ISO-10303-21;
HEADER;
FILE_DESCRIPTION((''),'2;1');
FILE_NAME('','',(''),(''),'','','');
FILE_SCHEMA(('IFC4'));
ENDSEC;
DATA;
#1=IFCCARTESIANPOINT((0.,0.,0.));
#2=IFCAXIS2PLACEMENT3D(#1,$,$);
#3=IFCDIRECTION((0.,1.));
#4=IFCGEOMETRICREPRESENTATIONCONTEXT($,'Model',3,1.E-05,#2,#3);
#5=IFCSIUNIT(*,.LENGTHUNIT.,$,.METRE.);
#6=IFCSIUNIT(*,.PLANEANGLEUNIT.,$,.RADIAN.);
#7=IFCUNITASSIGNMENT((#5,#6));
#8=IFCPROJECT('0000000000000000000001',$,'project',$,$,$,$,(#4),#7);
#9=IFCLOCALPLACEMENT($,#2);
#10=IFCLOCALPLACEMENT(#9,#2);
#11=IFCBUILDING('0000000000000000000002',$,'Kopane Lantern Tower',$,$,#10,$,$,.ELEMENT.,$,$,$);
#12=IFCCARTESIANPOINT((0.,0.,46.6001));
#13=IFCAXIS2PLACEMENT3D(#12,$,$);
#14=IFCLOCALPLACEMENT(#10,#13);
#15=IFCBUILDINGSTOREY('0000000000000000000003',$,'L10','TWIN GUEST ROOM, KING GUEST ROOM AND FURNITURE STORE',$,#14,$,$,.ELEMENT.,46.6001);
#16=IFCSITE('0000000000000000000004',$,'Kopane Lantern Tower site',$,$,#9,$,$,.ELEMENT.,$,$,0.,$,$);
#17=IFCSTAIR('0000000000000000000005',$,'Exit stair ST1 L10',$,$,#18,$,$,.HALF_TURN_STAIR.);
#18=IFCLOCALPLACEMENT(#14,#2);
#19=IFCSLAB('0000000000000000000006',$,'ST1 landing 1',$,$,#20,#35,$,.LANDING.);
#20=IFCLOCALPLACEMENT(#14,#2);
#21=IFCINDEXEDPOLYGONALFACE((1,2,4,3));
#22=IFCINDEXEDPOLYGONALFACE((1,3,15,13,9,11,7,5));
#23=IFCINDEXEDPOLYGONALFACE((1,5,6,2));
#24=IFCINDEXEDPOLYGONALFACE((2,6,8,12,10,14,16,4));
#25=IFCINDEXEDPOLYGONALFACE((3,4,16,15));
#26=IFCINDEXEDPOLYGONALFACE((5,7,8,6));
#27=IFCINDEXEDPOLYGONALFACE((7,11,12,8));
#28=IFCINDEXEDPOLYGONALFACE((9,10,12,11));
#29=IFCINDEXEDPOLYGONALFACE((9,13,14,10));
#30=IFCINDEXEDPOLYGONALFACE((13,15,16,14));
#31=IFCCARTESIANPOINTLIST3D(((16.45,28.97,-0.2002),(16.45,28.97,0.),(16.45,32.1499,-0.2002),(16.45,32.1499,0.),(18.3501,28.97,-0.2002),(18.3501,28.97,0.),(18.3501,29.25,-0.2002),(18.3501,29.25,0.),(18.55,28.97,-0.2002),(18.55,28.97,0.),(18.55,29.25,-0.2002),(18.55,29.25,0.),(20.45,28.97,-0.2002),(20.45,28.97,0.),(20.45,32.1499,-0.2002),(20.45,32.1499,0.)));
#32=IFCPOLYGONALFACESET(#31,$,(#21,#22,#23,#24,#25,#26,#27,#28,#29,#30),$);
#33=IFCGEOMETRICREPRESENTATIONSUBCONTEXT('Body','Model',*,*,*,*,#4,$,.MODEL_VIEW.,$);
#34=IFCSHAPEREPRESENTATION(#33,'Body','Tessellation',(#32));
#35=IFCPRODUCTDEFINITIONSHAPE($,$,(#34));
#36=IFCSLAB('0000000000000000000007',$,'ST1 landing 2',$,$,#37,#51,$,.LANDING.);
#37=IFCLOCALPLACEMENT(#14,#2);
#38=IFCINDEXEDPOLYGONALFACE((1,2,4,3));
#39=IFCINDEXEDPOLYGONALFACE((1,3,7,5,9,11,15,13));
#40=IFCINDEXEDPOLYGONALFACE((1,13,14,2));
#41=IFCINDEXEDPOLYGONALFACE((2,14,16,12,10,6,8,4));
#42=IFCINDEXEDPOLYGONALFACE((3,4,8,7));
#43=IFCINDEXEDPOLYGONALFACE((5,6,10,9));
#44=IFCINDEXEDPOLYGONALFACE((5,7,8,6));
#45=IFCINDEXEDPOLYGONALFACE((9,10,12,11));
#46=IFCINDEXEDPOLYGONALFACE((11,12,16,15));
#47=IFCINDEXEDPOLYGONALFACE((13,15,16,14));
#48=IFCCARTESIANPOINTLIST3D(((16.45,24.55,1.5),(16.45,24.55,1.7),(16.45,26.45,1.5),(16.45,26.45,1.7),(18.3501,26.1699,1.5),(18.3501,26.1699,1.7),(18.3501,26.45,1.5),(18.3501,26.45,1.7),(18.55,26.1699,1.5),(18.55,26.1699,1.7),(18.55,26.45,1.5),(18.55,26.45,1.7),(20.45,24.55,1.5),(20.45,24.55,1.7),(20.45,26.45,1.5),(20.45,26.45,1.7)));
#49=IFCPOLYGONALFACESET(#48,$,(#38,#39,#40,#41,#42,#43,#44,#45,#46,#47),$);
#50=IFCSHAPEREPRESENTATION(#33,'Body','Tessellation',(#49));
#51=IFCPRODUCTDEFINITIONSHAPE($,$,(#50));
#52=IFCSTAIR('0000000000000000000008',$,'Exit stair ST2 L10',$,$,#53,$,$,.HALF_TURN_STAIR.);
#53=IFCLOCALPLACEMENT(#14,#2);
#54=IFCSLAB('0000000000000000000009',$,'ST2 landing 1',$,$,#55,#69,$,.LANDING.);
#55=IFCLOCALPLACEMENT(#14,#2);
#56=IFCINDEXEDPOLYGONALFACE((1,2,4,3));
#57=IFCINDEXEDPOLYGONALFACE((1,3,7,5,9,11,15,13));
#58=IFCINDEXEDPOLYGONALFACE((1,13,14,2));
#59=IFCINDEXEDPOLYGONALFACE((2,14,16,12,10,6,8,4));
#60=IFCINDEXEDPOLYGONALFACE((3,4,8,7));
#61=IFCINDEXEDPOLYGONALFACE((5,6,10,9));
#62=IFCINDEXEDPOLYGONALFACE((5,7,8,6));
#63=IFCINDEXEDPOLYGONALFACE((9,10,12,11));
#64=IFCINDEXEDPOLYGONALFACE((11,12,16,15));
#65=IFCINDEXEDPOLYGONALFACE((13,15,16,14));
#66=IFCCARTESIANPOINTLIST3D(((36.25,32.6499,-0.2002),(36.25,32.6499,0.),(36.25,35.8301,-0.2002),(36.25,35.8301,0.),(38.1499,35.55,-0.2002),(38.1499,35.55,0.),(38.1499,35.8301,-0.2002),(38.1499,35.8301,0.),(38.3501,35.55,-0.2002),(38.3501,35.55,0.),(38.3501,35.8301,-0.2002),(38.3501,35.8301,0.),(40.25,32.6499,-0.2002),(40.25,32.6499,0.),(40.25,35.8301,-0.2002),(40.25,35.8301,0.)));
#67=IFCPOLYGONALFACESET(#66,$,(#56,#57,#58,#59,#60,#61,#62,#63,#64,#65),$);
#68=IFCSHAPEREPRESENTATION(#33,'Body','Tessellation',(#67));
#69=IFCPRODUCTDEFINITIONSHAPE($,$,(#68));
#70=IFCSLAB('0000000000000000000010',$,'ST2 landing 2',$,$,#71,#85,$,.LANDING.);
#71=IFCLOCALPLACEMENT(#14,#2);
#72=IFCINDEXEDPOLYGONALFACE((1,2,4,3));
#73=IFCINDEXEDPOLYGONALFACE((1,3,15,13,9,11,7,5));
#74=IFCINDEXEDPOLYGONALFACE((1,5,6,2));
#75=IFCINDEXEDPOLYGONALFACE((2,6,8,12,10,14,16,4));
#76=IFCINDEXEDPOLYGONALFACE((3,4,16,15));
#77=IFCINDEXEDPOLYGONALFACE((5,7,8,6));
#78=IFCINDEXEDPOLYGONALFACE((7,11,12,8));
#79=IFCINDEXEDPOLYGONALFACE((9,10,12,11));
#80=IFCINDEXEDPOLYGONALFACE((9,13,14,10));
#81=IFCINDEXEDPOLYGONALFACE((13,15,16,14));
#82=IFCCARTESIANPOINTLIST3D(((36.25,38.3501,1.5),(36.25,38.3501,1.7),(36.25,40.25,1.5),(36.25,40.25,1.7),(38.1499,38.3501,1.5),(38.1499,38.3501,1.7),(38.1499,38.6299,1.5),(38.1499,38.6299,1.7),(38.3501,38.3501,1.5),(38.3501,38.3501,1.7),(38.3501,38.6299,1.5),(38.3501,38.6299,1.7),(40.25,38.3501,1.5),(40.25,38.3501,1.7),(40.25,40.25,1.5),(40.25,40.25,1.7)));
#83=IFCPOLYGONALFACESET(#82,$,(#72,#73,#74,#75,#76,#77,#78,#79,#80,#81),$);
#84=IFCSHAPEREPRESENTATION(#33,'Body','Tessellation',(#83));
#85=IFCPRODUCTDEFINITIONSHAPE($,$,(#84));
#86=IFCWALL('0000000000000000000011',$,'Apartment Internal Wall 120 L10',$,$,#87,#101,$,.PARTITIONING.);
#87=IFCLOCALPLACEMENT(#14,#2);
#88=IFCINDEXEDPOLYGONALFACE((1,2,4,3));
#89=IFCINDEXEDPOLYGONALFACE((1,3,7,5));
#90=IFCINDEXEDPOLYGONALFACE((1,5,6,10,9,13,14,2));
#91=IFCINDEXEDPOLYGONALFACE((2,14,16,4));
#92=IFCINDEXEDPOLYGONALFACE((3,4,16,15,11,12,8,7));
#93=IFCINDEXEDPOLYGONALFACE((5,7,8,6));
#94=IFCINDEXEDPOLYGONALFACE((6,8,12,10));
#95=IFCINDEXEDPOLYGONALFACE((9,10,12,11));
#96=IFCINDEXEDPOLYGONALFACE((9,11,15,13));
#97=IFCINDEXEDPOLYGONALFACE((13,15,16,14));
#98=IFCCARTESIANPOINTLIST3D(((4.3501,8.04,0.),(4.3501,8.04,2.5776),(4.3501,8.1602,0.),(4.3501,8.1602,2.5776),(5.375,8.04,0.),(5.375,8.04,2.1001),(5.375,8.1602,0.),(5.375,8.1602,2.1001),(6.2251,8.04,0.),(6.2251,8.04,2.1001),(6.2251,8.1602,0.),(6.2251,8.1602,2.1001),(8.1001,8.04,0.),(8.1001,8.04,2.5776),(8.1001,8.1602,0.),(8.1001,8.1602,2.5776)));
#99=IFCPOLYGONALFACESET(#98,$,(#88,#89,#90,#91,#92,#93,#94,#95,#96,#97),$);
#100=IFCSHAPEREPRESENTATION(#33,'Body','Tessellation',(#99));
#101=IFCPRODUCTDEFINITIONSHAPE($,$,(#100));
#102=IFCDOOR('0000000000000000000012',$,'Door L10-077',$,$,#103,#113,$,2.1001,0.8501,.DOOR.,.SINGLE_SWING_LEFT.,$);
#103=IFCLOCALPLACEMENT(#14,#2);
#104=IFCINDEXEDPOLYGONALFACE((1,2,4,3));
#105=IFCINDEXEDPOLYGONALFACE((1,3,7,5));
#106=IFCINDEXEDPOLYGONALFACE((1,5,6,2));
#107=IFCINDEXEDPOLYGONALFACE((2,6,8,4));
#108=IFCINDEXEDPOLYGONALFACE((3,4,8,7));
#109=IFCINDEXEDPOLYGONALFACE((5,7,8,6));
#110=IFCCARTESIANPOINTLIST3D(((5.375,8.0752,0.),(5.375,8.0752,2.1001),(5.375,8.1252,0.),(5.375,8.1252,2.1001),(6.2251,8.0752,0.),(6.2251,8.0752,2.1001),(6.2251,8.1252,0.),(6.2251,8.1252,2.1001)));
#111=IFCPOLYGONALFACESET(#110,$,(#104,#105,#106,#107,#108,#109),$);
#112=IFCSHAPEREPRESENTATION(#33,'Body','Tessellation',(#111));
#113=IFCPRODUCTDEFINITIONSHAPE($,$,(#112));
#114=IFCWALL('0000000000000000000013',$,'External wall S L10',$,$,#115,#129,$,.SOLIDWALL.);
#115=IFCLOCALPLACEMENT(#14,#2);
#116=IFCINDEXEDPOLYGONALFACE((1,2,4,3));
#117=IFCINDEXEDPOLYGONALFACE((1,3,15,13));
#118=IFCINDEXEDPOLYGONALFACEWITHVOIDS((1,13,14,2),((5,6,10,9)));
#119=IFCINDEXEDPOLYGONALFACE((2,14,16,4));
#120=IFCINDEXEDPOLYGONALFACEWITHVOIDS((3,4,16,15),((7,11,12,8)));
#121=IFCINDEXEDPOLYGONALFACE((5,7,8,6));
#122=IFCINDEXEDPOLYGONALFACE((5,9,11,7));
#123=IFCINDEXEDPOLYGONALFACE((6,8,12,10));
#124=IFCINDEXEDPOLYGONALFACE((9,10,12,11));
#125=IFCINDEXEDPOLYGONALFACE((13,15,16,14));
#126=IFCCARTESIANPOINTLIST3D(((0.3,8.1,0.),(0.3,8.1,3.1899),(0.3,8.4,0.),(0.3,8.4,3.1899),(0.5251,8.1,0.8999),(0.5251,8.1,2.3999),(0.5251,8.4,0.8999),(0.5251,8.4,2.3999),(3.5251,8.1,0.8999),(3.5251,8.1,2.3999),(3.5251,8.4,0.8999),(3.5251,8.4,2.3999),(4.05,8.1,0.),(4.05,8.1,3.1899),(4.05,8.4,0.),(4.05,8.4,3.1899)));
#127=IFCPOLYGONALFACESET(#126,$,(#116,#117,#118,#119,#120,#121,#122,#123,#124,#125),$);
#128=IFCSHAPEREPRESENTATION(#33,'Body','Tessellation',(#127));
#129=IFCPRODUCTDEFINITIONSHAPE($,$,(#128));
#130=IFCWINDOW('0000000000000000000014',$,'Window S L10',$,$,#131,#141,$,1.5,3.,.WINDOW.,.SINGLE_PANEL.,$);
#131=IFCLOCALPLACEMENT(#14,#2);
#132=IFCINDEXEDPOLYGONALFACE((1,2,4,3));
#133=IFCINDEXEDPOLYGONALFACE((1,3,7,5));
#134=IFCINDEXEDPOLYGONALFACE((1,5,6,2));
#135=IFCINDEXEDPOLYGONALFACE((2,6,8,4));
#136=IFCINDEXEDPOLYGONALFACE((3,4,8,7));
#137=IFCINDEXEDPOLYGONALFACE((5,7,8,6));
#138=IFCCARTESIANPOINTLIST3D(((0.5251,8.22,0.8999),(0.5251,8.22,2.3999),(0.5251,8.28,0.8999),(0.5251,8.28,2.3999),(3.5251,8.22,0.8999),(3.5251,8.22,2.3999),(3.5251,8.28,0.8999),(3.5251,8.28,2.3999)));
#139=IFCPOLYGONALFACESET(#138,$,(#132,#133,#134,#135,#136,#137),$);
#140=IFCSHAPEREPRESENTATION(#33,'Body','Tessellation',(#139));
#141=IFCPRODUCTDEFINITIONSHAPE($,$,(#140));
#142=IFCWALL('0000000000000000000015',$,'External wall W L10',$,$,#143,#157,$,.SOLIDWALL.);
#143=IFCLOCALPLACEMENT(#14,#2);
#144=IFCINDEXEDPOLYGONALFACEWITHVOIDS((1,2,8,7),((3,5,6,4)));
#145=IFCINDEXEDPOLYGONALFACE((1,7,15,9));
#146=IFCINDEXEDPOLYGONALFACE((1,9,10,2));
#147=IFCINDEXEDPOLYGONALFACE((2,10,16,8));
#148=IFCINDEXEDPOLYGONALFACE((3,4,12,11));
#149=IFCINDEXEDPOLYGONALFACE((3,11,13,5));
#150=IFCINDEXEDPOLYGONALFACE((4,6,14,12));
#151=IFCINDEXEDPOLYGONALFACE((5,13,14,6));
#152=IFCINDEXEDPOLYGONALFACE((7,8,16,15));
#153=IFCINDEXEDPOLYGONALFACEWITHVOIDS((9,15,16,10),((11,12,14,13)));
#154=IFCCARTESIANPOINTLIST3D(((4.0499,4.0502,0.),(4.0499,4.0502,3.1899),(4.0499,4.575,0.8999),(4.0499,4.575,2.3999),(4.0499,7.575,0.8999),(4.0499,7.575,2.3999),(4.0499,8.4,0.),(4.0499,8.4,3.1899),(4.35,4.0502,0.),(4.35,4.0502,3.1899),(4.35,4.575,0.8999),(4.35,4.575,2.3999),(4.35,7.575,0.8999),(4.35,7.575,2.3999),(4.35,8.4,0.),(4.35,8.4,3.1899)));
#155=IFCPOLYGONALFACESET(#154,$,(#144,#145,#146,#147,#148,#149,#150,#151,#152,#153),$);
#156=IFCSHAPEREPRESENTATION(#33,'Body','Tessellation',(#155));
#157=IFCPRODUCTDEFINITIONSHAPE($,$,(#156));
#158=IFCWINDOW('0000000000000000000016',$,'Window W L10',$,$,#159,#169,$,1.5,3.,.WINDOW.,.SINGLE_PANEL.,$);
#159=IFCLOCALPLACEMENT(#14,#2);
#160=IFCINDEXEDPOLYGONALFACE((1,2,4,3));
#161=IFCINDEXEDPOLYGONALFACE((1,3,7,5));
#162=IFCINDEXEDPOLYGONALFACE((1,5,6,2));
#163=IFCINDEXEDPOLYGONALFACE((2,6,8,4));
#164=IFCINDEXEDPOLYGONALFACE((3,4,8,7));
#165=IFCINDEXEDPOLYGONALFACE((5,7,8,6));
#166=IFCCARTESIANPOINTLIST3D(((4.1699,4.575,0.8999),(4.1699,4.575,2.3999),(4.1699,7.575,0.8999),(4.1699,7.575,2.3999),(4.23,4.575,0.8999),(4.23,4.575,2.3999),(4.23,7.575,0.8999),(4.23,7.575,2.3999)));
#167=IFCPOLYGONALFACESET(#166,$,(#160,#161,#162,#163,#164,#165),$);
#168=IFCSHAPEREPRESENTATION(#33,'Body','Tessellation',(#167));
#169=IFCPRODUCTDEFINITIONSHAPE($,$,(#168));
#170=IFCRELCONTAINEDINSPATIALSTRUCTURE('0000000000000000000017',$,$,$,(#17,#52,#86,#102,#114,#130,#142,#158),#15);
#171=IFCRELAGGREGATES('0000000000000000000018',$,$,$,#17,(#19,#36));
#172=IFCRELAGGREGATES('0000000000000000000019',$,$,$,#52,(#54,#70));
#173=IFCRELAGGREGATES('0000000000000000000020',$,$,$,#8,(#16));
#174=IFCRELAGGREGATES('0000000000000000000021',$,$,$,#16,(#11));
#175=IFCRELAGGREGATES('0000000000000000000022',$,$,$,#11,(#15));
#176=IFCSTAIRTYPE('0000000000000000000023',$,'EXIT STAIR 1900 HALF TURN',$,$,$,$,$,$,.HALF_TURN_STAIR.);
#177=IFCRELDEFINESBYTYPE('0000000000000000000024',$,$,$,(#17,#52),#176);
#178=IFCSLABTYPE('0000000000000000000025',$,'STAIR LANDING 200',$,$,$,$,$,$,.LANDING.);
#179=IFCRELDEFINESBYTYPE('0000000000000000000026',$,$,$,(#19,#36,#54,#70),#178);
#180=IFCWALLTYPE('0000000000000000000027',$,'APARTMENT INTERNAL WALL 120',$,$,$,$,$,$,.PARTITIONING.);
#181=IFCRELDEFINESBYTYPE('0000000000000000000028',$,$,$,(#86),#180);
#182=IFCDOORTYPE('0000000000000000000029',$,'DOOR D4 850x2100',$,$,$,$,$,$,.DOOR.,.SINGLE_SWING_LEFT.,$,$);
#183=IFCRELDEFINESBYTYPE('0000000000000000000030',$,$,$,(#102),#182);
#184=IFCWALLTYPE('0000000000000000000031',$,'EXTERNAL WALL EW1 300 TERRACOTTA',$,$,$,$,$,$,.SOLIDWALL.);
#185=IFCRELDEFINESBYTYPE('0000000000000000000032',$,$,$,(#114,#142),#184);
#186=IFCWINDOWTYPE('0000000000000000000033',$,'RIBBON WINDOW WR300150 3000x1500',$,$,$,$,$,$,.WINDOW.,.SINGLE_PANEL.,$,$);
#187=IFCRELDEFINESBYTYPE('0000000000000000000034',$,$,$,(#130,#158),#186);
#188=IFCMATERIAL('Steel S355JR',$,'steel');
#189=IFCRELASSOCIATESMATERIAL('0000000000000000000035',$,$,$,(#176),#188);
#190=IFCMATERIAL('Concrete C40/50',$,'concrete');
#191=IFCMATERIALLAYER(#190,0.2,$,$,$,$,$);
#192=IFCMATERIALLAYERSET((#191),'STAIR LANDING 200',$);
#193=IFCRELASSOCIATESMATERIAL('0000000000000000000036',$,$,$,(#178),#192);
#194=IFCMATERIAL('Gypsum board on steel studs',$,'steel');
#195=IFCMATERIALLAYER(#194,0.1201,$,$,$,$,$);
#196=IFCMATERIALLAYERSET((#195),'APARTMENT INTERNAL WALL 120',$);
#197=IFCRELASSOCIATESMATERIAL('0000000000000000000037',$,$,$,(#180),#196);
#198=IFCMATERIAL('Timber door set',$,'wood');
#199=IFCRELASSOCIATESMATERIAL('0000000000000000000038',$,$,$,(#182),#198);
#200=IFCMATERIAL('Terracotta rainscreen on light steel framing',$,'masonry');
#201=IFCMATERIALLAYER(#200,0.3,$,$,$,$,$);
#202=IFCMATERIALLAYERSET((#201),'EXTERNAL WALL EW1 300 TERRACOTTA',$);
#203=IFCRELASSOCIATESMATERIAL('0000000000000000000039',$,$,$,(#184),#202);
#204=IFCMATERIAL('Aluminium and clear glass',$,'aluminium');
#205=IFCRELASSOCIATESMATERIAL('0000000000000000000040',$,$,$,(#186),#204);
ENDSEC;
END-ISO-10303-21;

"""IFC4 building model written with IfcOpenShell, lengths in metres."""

from ifc_helpers import new_model, si_unit, direction, frame, frame_2d, origin, place, context, subcontext, project, spatial, polyline, rectangle, outline, extrude, material, layer, layer_set, type_object, element, fill, aggregate, save


model = new_model("IFC4")

# Units and contexts
model_context = context("Model", 3, precision=1e-05, world=origin(), true_north=direction((0.0, 1.0)))
body_context = subcontext(model_context, "Body", "Model", "MODEL_VIEW")
ifc_project = project(units=[si_unit("LENGTHUNIT", "METRE"), si_unit("PLANEANGLEUNIT", "RADIAN")], contexts=[model_context])

# Site, building, storey
site_placement = place(None, origin())
site = spatial("IfcSite", under=ifc_project, at=site_placement, Name="Kopane Lantern Tower site", CompositionType="ELEMENT", RefElevation=0.0)
building_placement = place(site_placement, origin())
building = spatial("IfcBuilding", under=site, at=building_placement, Name="Kopane Lantern Tower", CompositionType="ELEMENT")
storey_placement = place(building_placement, frame((0.0, 0.0, 46.6001)))
storey = spatial("IfcBuildingStorey", under=building, at=storey_placement, Name="L10", Description="TWIN GUEST ROOM, KING GUEST ROOM AND FURNITURE STORE", CompositionType="ELEMENT", Elevation=46.6001)

# Stairs, slabs
ifc_material_1 = material(Name="Steel S355JR", Category="steel")
stair_type = type_object("IfcStairType", Name="EXIT STAIR 1900 HALF TURN", PredefinedType="HALF_TURN_STAIR", material=ifc_material_1)
stair_1_placement = place(storey_placement, origin())
stair_1 = element("IfcStair", 1, at=stair_1_placement, inside=storey, type_object=stair_type, Name="Exit stair ST1 L10", PredefinedType="HALF_TURN_STAIR")
ifc_material_2 = material(Name="Concrete C40/50", Category="concrete")
ifc_layer_1 = layer(ifc_material_2, 0.2)
ifc_layer_set_1 = layer_set([ifc_layer_1], Name="STAIR LANDING 200")
slab_type_1 = type_object("IfcSlabType", Name="STAIR LANDING 200", PredefinedType="LANDING", material=ifc_layer_set_1)
slab_1_placement = place(storey_placement, frame((0.0, 0.0, -0.2002)))
slab_1 = element("IfcSlab", 2, at=slab_1_placement, type_object=slab_type_1, Name="ST1 landing 1", PredefinedType="LANDING", context=body_context, shape_type="SweptSolid", body=[
    extrude(outline(polyline([(18.3501, 29.25), (18.55, 29.25), (18.55, 28.97), (20.45, 28.97), (20.45, 32.1499), (16.45, 32.1499), (16.45, 28.97), (18.3501, 28.97), (18.3501, 29.25)])), origin(), (0.0, 0.0, 1.0), 0.2002),
])
slab_2_placement = place(storey_placement, frame((0.0, 0.0, 1.5)))
slab_2 = element("IfcSlab", 3, at=slab_2_placement, type_object=slab_type_1, Name="ST1 landing 2", PredefinedType="LANDING", context=body_context, shape_type="SweptSolid", body=[
    extrude(outline(polyline([(20.45, 26.45), (18.55, 26.45), (18.55, 26.1699), (18.3501, 26.1699), (18.3501, 26.45), (16.45, 26.45), (16.45, 24.55), (20.45, 24.55), (20.45, 26.45)])), origin(), (0.0, 0.0, 1.0), 0.2),
])
aggregate(stair_1, [slab_1, slab_2])
stair_2_placement = place(storey_placement, origin())
stair_2 = element("IfcStair", 4, at=stair_2_placement, inside=storey, type_object=stair_type, Name="Exit stair ST2 L10", PredefinedType="HALF_TURN_STAIR")
slab_3_placement = place(storey_placement, frame((0.0, 0.0, -0.2002)))
slab_3 = element("IfcSlab", 5, at=slab_3_placement, type_object=slab_type_1, Name="ST2 landing 1", PredefinedType="LANDING", context=body_context, shape_type="SweptSolid", body=[
    extrude(outline(polyline([(40.25, 35.8301), (38.3501, 35.8301), (38.3501, 35.55), (38.1499, 35.55), (38.1499, 35.8301), (36.25, 35.8301), (36.25, 32.6499), (40.25, 32.6499), (40.25, 35.8301)])), origin(), (0.0, 0.0, 1.0), 0.2002),
])
slab_4_placement = place(storey_placement, frame((0.0, 0.0, 1.5)))
slab_4 = element("IfcSlab", 6, at=slab_4_placement, type_object=slab_type_1, Name="ST2 landing 2", PredefinedType="LANDING", context=body_context, shape_type="SweptSolid", body=[
    extrude(outline(polyline([(38.1499, 38.6299), (38.3501, 38.6299), (38.3501, 38.3501), (40.25, 38.3501), (40.25, 40.25), (36.25, 40.25), (36.25, 38.3501), (38.1499, 38.3501), (38.1499, 38.6299)])), origin(), (0.0, 0.0, 1.0), 0.2),
])
aggregate(stair_2, [slab_3, slab_4])

# Wall, opening, door
ifc_material_3 = material(Name="Gypsum board on steel studs", Category="steel")
ifc_layer_2 = layer(ifc_material_3, 0.1201)
ifc_layer_set_2 = layer_set([ifc_layer_2], Name="APARTMENT INTERNAL WALL 120")
wall_type_1 = type_object("IfcWallType", Name="APARTMENT INTERNAL WALL 120", PredefinedType="PARTITIONING", material=ifc_layer_set_2)
wall_1_placement = place(storey_placement, frame((8.1001, 8.1001, 0.0), z_axis=(0.0, 0.0, 1.0), x_axis=(-1.0, 0.0, 0.0)))
wall_1 = element("IfcWall", 7, at=wall_1_placement, inside=storey, type_object=wall_type_1, Name="Apartment Internal Wall 120 L10", PredefinedType="PARTITIONING", context=body_context, shape_type="SweptSolid", body=[
    extrude(rectangle(XDim=3.75, YDim=0.1201, at=frame_2d((1.875, 0.0))), origin(), (0.0, 0.0, 1.0), 2.5776),
])
opening_1_placement = place(wall_1_placement, frame((1.875, 0.0, 0.0)))
opening_1 = element("IfcOpeningElement", 8, at=opening_1_placement, cuts=wall_1, PredefinedType="OPENING", context=body_context, shape_type="SweptSolid", body=[
    extrude(rectangle(XDim=0.8501, YDim=2.1001, at=frame_2d((0.425, 1.05))), frame((0.0, 0.0701, 0.0), z_axis=(0.0, -1.0, 0.0), x_axis=(1.0, 0.0, 0.0)), (0.0, 0.0, 1.0), 0.1401),
])
ifc_material_4 = material(Name="Timber door set", Category="wood")
door_type = type_object("IfcDoorType", Name="DOOR D4 850x2100", OperationType="SINGLE_SWING_LEFT", PredefinedType="DOOR", material=ifc_material_4)
door_placement = place(opening_1_placement, origin())
door = element("IfcDoor", 9, at=door_placement, inside=storey, type_object=door_type, Name="Door L10-077", OperationType="SINGLE_SWING_LEFT", OverallHeight=2.1001, OverallWidth=0.8501, PredefinedType="DOOR", context=body_context, shape_type="SweptSolid", body=[
    extrude(rectangle(XDim=0.8501, YDim=2.1001, at=frame_2d((0.425, 1.05))), frame((0.0, 0.0249, 0.0), z_axis=(0.0, -1.0, 0.0), x_axis=(1.0, 0.0, 0.0)), (0.0, 0.0, 1.0), 0.05),
])
fill(opening_1, door)

# Walls, openings, windows
ifc_material_5 = material(Name="Terracotta rainscreen on light steel framing", Category="masonry")
ifc_layer_3 = layer(ifc_material_5, 0.3)
ifc_layer_set_3 = layer_set([ifc_layer_3], Name="EXTERNAL WALL EW1 300 TERRACOTTA")
wall_type_2 = type_object("IfcWallType", Name="EXTERNAL WALL EW1 300 TERRACOTTA", PredefinedType="SOLIDWALL", material=ifc_layer_set_3)
wall_2_placement = place(storey_placement, frame((0.3, 8.25, 0.0), z_axis=(0.0, 0.0, 1.0), x_axis=(1.0, 0.0, 0.0)))
wall_2 = element("IfcWall", 10, at=wall_2_placement, inside=storey, type_object=wall_type_2, Name="External wall S L10", PredefinedType="SOLIDWALL", context=body_context, shape_type="SweptSolid", body=[
    extrude(rectangle(XDim=3.75, YDim=0.3, at=frame_2d((1.875, 0.0))), origin(), (0.0, 0.0, 1.0), 3.1899),
])
opening_2_placement = place(wall_2_placement, frame((0.2251, 0.0, 0.8999)))
opening_2 = element("IfcOpeningElement", 11, at=opening_2_placement, cuts=wall_2, PredefinedType="OPENING", context=body_context, shape_type="SweptSolid", body=[
    extrude(rectangle(XDim=3.0, YDim=1.5, at=frame_2d((1.5, 0.75))), frame((0.0, 0.1599, 0.0), z_axis=(0.0, -1.0, 0.0), x_axis=(1.0, 0.0, 0.0)), (0.0, 0.0, 1.0), 0.3201),
])
ifc_material_6 = material(Name="Aluminium and clear glass", Category="aluminium")
window_type = type_object("IfcWindowType", Name="RIBBON WINDOW WR300150 3000x1500", PartitioningType="SINGLE_PANEL", PredefinedType="WINDOW", material=ifc_material_6)
window_1_placement = place(opening_2_placement, origin())
window_1 = element("IfcWindow", 12, at=window_1_placement, inside=storey, type_object=window_type, Name="Window S L10", OverallHeight=1.5, OverallWidth=3.0, PartitioningType="SINGLE_PANEL", PredefinedType="WINDOW", context=body_context, shape_type="SweptSolid", body=[
    extrude(rectangle(XDim=3.0, YDim=1.5, at=frame_2d((1.5, 0.75))), frame((0.0, 0.03, 0.0), z_axis=(0.0, -1.0, 0.0), x_axis=(1.0, 0.0, 0.0)), (0.0, 0.0, 1.0), 0.0601),
])
fill(opening_2, window_1)
wall_3_placement = place(storey_placement, frame((4.2, 8.3999, 0.0), z_axis=(0.0, 0.0, 1.0), x_axis=(0.0, -1.0, 0.0)))
wall_3 = element("IfcWall", 13, at=wall_3_placement, inside=storey, type_object=wall_type_2, Name="External wall W L10", PredefinedType="SOLIDWALL", context=body_context, shape_type="SweptSolid", body=[
    extrude(rectangle(XDim=4.3499, YDim=0.3, at=frame_2d((2.1748, 0.0))), origin(), (0.0, 0.0, 1.0), 3.1899),
])
opening_3_placement = place(wall_3_placement, frame((0.825, 0.0, 0.8999)))
opening_3 = element("IfcOpeningElement", 14, at=opening_3_placement, cuts=wall_3, PredefinedType="OPENING", context=body_context, shape_type="SweptSolid", body=[
    extrude(rectangle(XDim=3.0, YDim=1.5, at=frame_2d((1.5, 0.75))), frame((0.0, 0.1599, 0.0), z_axis=(0.0, -1.0, 0.0), x_axis=(1.0, 0.0, 0.0)), (0.0, 0.0, 1.0), 0.3201),
])
window_2_placement = place(opening_3_placement, origin())
window_2 = element("IfcWindow", 15, at=window_2_placement, inside=storey, type_object=window_type, Name="Window W L10", OverallHeight=1.5, OverallWidth=3.0, PartitioningType="SINGLE_PANEL", PredefinedType="WINDOW", context=body_context, shape_type="SweptSolid", body=[
    extrude(rectangle(XDim=3.0, YDim=1.5, at=frame_2d((1.5, 0.75))), frame((0.0, 0.03, 0.0), z_axis=(0.0, -1.0, 0.0), x_axis=(1.0, 0.0, 0.0)), (0.0, 0.0, 1.0), 0.0601),
])
fill(opening_3, window_2)

save(model, "model.ifc")
